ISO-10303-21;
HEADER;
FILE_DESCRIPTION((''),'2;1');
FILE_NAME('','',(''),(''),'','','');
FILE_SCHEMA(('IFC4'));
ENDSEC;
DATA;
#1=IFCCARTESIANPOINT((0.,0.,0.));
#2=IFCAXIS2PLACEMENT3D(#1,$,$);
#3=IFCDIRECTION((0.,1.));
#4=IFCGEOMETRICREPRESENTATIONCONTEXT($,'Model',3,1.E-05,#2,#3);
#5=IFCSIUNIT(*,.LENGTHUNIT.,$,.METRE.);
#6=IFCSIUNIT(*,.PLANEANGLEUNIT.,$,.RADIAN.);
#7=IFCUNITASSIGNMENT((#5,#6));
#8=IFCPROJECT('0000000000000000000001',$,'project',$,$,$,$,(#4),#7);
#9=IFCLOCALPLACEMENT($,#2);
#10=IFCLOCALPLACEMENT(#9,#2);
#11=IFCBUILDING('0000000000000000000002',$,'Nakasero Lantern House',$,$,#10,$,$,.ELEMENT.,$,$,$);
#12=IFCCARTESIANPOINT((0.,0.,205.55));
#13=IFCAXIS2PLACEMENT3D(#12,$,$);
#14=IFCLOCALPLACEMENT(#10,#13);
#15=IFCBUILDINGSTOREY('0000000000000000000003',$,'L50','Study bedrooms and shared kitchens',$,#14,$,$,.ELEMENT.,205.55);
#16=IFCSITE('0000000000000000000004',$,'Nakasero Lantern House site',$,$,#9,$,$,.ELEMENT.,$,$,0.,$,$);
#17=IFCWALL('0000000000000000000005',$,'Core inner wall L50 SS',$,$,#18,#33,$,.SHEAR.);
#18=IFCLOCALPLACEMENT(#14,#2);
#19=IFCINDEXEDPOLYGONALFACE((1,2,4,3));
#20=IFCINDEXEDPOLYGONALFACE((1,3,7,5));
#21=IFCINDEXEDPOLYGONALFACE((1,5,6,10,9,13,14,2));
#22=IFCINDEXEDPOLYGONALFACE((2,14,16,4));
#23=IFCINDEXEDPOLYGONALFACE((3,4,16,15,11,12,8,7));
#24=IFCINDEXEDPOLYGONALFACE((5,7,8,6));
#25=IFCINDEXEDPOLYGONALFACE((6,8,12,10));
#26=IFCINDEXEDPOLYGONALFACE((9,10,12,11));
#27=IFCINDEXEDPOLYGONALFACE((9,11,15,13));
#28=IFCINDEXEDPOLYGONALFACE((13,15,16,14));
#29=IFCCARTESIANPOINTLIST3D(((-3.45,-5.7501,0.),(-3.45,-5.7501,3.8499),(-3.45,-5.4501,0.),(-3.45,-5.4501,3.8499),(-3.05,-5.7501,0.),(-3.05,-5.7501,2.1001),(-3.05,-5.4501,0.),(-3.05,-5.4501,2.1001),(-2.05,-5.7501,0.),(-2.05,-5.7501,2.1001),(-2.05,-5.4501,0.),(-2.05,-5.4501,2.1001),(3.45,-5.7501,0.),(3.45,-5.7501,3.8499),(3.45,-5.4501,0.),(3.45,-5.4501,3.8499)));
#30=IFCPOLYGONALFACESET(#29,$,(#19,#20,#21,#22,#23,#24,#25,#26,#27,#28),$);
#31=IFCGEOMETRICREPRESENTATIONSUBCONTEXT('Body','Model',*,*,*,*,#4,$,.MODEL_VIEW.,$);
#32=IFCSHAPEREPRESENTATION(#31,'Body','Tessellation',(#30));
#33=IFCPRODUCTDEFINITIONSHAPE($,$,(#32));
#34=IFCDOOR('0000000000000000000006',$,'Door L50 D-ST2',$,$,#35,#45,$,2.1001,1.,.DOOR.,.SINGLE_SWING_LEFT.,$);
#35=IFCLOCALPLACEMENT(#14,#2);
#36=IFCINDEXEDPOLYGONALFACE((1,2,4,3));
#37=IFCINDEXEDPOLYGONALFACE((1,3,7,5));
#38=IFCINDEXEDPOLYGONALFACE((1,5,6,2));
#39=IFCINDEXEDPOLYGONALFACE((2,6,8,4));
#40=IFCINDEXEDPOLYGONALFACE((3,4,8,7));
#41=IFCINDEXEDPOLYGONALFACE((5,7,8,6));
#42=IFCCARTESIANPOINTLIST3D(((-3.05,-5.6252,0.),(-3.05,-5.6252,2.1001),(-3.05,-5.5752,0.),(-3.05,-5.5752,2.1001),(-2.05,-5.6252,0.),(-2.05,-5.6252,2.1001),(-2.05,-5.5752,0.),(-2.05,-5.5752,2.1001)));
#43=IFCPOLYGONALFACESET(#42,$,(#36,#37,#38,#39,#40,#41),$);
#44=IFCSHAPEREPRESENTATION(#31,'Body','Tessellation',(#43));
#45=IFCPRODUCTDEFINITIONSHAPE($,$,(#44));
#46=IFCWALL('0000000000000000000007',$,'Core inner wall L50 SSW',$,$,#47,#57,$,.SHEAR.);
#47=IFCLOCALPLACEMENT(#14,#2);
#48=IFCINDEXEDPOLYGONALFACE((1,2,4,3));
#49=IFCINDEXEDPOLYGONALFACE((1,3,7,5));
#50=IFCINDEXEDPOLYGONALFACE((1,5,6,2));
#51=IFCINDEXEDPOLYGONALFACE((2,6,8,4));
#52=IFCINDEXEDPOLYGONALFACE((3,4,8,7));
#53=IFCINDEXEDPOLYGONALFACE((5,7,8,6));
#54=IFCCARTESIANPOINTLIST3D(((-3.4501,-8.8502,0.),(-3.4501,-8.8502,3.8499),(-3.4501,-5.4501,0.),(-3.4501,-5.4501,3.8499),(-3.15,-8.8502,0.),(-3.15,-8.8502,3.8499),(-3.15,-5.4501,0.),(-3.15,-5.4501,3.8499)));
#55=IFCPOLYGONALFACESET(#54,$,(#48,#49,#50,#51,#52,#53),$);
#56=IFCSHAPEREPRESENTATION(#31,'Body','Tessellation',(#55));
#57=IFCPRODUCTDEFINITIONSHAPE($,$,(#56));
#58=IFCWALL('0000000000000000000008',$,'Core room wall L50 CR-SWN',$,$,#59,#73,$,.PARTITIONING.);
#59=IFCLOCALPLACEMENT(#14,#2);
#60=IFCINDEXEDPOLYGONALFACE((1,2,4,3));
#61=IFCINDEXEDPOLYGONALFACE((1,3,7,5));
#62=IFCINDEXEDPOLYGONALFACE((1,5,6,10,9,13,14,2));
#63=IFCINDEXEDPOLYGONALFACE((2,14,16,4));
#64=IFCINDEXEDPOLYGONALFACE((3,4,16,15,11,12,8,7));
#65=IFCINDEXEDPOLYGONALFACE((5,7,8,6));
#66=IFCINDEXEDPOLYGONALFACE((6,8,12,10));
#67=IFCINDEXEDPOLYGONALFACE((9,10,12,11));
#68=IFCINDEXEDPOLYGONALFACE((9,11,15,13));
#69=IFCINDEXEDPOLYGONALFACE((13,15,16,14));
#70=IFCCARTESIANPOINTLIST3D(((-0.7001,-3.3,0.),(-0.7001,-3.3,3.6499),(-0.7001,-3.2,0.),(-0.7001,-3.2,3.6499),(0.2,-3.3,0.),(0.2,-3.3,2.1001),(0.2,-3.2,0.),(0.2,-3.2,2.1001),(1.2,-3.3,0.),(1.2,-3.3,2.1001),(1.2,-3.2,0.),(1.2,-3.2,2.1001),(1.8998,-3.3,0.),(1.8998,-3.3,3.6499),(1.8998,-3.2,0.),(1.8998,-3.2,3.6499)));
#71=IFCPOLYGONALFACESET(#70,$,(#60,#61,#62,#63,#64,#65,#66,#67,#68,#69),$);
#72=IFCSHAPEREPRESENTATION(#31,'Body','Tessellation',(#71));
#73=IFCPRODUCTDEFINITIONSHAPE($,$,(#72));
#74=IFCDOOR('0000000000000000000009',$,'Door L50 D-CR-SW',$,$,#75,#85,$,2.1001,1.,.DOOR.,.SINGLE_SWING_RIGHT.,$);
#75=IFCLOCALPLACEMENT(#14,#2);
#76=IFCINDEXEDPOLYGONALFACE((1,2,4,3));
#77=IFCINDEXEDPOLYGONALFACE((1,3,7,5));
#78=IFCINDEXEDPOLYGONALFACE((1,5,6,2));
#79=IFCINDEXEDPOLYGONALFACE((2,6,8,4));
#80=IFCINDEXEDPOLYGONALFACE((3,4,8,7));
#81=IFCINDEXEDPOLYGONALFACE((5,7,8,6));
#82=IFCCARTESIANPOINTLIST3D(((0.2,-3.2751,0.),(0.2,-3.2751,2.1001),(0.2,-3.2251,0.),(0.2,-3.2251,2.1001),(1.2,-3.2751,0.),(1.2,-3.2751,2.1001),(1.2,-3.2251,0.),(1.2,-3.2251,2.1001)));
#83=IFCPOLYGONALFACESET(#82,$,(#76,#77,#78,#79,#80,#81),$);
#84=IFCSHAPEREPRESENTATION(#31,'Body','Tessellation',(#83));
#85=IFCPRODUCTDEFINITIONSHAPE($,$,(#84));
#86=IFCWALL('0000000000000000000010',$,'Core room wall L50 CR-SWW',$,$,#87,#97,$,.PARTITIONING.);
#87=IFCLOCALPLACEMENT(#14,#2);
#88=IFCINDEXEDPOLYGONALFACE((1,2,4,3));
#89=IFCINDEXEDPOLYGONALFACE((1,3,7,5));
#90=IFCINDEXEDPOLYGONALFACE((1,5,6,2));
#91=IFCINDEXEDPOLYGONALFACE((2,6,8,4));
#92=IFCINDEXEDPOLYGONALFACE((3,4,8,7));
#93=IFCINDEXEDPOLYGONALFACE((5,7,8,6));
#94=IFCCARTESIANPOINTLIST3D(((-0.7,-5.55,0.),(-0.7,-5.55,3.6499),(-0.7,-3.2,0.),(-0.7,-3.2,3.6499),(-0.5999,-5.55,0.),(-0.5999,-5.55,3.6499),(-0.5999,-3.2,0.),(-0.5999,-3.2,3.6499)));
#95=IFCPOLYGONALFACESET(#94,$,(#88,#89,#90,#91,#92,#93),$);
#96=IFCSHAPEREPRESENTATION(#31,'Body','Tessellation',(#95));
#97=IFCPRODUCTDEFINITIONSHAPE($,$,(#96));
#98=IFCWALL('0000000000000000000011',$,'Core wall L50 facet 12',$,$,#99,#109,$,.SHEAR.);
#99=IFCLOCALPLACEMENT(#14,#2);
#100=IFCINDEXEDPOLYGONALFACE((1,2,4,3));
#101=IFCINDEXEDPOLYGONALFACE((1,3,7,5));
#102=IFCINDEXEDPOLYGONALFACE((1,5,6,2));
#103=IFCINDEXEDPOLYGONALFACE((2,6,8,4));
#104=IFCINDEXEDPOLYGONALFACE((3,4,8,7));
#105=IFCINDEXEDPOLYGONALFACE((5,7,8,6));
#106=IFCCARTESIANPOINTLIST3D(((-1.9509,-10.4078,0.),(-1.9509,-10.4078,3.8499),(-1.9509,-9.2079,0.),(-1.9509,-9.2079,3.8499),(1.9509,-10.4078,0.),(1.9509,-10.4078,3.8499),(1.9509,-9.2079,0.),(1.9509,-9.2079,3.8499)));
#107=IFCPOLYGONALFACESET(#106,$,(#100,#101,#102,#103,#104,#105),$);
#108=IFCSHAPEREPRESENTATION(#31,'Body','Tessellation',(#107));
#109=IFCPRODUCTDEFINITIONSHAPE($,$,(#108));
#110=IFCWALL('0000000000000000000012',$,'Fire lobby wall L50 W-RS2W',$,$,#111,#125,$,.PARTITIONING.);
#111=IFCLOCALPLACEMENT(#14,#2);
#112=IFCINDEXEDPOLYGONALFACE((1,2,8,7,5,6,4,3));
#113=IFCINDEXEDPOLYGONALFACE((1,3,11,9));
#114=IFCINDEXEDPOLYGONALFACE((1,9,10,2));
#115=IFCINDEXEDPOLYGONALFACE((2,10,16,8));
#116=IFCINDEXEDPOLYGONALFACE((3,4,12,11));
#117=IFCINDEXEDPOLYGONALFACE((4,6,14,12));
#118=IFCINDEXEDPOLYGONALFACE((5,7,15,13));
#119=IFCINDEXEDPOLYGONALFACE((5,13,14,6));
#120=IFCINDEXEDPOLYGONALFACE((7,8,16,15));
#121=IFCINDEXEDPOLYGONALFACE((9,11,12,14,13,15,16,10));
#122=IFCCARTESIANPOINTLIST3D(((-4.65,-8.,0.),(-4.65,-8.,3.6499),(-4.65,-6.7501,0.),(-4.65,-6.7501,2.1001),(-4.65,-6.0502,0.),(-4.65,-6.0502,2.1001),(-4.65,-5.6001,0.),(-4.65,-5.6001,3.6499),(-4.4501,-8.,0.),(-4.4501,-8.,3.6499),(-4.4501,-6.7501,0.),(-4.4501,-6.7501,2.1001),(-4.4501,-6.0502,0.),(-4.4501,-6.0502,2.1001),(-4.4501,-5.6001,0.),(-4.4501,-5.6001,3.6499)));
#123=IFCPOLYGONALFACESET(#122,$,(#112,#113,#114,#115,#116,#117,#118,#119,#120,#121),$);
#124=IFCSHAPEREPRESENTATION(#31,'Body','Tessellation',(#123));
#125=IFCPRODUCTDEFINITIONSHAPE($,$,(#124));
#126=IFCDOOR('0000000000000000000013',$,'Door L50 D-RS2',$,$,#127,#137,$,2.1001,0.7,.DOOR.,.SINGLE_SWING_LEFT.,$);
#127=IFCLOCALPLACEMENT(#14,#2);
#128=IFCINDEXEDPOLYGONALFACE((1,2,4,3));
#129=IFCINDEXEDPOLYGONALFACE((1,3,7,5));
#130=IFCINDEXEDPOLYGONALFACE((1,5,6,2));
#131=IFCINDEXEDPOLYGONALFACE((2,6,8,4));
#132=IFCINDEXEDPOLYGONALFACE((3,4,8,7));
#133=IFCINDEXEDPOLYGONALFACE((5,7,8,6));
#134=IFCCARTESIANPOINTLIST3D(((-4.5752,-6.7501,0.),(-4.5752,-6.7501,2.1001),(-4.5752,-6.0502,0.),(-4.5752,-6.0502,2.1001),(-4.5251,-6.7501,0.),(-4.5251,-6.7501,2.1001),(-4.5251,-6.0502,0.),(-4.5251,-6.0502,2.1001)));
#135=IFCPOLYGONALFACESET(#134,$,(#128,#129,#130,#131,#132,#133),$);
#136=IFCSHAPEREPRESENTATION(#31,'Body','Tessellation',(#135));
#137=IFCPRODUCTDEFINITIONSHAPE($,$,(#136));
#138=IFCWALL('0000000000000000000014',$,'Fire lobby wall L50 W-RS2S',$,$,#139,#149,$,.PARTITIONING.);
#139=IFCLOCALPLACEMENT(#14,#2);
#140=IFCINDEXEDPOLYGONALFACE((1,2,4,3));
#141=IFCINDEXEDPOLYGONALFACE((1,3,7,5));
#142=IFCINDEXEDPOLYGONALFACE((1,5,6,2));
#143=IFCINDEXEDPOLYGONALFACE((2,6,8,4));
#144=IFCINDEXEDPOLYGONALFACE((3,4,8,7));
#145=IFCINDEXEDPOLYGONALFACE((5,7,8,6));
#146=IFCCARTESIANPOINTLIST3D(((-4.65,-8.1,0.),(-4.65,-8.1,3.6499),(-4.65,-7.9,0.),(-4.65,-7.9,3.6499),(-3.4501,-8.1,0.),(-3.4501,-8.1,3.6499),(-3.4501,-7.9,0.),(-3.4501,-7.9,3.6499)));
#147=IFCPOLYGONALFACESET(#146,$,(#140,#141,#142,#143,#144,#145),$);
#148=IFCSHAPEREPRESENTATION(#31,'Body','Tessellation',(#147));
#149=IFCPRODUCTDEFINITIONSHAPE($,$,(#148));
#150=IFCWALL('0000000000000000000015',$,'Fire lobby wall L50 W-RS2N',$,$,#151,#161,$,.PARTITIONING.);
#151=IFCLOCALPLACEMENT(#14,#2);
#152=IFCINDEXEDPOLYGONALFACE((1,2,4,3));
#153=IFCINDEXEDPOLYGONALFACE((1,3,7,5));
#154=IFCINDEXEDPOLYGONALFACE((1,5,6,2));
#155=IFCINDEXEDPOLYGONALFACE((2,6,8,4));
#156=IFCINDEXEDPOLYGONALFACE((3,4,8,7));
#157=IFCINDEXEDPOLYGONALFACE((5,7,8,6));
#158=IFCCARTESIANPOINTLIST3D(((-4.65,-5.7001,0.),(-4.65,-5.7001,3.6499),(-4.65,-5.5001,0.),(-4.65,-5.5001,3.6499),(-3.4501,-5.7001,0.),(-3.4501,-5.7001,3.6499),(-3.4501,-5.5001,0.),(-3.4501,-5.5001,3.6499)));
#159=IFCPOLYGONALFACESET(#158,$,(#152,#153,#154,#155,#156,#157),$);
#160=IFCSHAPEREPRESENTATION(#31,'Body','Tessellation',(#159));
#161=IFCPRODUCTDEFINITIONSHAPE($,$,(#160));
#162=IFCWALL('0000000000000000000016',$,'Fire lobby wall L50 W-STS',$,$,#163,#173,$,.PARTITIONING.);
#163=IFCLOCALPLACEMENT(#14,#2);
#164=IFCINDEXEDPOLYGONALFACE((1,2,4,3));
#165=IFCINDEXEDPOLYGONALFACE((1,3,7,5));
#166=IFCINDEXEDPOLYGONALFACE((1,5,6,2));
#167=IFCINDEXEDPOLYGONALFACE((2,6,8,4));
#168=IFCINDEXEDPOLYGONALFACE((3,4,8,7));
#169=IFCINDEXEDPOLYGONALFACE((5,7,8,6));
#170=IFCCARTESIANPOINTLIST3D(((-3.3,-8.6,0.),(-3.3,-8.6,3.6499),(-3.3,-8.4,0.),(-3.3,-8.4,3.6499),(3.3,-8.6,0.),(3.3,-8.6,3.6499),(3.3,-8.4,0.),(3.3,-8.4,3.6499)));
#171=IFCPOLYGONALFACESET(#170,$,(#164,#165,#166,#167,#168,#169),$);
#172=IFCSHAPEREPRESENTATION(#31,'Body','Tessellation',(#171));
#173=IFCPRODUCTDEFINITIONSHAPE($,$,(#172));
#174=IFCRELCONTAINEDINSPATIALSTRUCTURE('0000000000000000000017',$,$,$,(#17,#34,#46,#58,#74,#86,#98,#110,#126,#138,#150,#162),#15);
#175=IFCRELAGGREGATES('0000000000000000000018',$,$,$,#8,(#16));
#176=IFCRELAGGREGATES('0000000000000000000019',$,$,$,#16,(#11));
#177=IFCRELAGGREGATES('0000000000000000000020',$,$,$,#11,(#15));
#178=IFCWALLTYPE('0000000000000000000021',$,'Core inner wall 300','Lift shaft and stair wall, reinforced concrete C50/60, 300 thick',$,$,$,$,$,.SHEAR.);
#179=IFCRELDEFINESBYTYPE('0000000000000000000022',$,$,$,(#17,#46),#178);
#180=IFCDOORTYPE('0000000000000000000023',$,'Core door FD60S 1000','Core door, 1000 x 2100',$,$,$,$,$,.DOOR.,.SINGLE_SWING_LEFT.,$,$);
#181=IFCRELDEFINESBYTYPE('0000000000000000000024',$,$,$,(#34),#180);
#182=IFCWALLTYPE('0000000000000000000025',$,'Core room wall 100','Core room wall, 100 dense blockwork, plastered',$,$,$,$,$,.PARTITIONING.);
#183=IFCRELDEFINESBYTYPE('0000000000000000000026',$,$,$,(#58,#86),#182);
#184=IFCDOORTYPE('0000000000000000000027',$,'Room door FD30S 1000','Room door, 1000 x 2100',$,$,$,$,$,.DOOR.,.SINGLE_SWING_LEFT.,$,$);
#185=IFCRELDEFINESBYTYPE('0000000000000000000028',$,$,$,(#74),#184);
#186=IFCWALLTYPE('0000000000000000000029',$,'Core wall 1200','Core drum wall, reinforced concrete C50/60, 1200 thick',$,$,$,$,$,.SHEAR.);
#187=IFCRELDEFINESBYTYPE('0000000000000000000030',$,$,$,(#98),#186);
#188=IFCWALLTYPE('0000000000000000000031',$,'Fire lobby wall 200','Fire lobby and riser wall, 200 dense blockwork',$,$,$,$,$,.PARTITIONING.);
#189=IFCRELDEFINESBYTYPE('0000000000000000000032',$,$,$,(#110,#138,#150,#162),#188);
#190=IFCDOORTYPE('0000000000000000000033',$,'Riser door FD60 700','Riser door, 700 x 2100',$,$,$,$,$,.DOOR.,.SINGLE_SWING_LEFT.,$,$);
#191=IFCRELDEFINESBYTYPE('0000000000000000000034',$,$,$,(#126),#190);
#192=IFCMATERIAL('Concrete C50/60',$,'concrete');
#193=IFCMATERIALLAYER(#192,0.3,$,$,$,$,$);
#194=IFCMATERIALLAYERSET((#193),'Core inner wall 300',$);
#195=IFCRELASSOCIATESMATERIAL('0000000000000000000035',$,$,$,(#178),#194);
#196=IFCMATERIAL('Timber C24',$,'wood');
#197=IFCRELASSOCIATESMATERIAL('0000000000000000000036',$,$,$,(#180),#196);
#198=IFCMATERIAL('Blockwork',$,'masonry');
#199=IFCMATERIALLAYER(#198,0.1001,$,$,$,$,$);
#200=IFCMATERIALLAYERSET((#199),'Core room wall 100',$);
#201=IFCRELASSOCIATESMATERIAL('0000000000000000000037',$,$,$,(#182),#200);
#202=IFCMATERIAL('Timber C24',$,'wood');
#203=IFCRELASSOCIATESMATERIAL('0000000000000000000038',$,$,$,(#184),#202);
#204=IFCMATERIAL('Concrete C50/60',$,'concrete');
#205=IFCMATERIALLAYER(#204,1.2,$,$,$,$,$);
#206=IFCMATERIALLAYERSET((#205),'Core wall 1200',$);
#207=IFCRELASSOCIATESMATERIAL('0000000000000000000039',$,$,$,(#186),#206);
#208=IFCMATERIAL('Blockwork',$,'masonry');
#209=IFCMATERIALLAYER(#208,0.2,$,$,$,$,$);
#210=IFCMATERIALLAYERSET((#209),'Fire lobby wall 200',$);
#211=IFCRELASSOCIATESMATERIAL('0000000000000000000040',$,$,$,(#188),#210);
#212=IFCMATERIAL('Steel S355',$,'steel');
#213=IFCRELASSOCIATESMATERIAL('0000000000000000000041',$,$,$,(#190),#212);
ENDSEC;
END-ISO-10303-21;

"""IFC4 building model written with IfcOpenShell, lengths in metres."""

from ifc_helpers import new_model, si_unit, direction, frame, frame_2d, origin, place, context, subcontext, project, spatial, rectangle, extrude, material, layer, layer_set, type_object, element, fill, save


model = new_model("IFC4")

# Units and contexts
model_context = context("Model", 3, precision=1e-05, world=origin(), true_north=direction((0.0, 1.0)))
body_context = subcontext(model_context, "Body", "Model", "MODEL_VIEW")
ifc_project = project(units=[si_unit("LENGTHUNIT", "METRE"), si_unit("PLANEANGLEUNIT", "RADIAN")], contexts=[model_context])

# Site, building, storey
site_placement = place(None, origin())
site = spatial("IfcSite", under=ifc_project, at=site_placement, Name="Nakasero Lantern House site", CompositionType="ELEMENT", RefElevation=0.0)
building_placement = place(site_placement, origin())
building = spatial("IfcBuilding", under=site, at=building_placement, Name="Nakasero Lantern House", CompositionType="ELEMENT")
storey_placement = place(building_placement, frame((0.0, 0.0, 205.55)))
storey = spatial("IfcBuildingStorey", under=building, at=storey_placement, Name="L50", Description="Study bedrooms and shared kitchens", CompositionType="ELEMENT", Elevation=205.55)

# Wall, opening, door
ifc_material_1 = material(Name="Concrete C50/60", Category="concrete")
ifc_layer_1 = layer(ifc_material_1, 0.3)
ifc_layer_set_1 = layer_set([ifc_layer_1], Name="Core inner wall 300")
wall_type_1 = type_object("IfcWallType", Name="Core inner wall 300", Description="Lift shaft and stair wall, reinforced concrete C50/60, 300 thick", PredefinedType="SHEAR", material=ifc_layer_set_1)
wall_1_placement = place(storey_placement, frame((-3.45, -5.6001, 0.0), z_axis=(0.0, 0.0, 1.0), x_axis=(1.0, 0.0, 0.0)))
wall_1 = element("IfcWall", 1, at=wall_1_placement, inside=storey, type_object=wall_type_1, Name="Core inner wall L50 SS", PredefinedType="SHEAR", context=body_context, shape_type="SweptSolid", body=[
    extrude(rectangle(XDim=6.8999, YDim=0.3, at=frame_2d((3.45, 0.0))), origin(), (0.0, 0.0, 1.0), 3.8499),
])
opening_1_placement = place(wall_1_placement, frame((0.3999, 0.0, 0.0)))
opening_1 = element("IfcOpeningElement", 2, at=opening_1_placement, cuts=wall_1, PredefinedType="OPENING", context=body_context, shape_type="SweptSolid", body=[
    extrude(rectangle(XDim=1.0, YDim=2.1001, at=frame_2d((0.5, 1.05))), frame((0.0, 0.1699, 0.0), z_axis=(0.0, -1.0, 0.0), x_axis=(1.0, 0.0, 0.0)), (0.0, 0.0, 1.0), 0.3401),
])
ifc_material_2 = material(Name="Timber C24", Category="wood")
door_type_1 = type_object("IfcDoorType", Name="Core door FD60S 1000", Description="Core door, 1000 x 2100", OperationType="SINGLE_SWING_LEFT", PredefinedType="DOOR", material=ifc_material_2)
door_1_placement = place(opening_1_placement, origin())
door_1 = element("IfcDoor", 3, at=door_1_placement, inside=storey, type_object=door_type_1, Name="Door L50 D-ST2", OperationType="SINGLE_SWING_LEFT", OverallHeight=2.1001, OverallWidth=1.0, PredefinedType="DOOR", context=body_context, shape_type="SweptSolid", body=[
    extrude(rectangle(XDim=1.0, YDim=2.1001, at=frame_2d((0.5, 1.05))), frame((0.0, 0.0249, 0.0), z_axis=(0.0, -1.0, 0.0), x_axis=(1.0, 0.0, 0.0)), (0.0, 0.0, 1.0), 0.05),
])
fill(opening_1, door_1)

# Wall
wall_2_placement = place(storey_placement, frame((-3.3, -5.45, 0.0), z_axis=(0.0, 0.0, 1.0), x_axis=(0.0, -1.0, 0.0)))
element("IfcWall", 4, at=wall_2_placement, inside=storey, type_object=wall_type_1, Name="Core inner wall L50 SSW", PredefinedType="SHEAR", context=body_context, shape_type="SweptSolid", body=[
    extrude(rectangle(XDim=3.4001, YDim=0.3, at=frame_2d((1.7002, 0.0))), origin(), (0.0, 0.0, 1.0), 3.8499),
])

# Wall, opening, door
ifc_material_3 = material(Name="Blockwork", Category="masonry")
ifc_layer_2 = layer(ifc_material_3, 0.1001)
ifc_layer_set_2 = layer_set([ifc_layer_2], Name="Core room wall 100")
wall_type_2 = type_object("IfcWallType", Name="Core room wall 100", Description="Core room wall, 100 dense blockwork, plastered", PredefinedType="PARTITIONING", material=ifc_layer_set_2)
wall_3_placement = place(storey_placement, frame((-0.7, -3.25, 0.0), z_axis=(0.0, 0.0, 1.0), x_axis=(1.0, 0.0, 0.0)))
wall_3 = element("IfcWall", 5, at=wall_3_placement, inside=storey, type_object=wall_type_2, Name="Core room wall L50 CR-SWN", PredefinedType="PARTITIONING", context=body_context, shape_type="SweptSolid", body=[
    extrude(rectangle(XDim=2.5999, YDim=0.1001, at=frame_2d((1.2998, 0.0))), origin(), (0.0, 0.0, 1.0), 3.6499),
])
opening_2_placement = place(wall_3_placement, frame((0.8999, 0.0, 0.0)))
opening_2 = element("IfcOpeningElement", 6, at=opening_2_placement, cuts=wall_3, PredefinedType="OPENING", context=body_context, shape_type="SweptSolid", body=[
    extrude(rectangle(XDim=1.0, YDim=2.1001, at=frame_2d((0.5, 1.05))), frame((0.0, 0.0701, 0.0), z_axis=(0.0, -1.0, 0.0), x_axis=(1.0, 0.0, 0.0)), (0.0, 0.0, 1.0), 0.1401),
])
ifc_material_4 = material(Name="Timber C24", Category="wood")
door_type_2 = type_object("IfcDoorType", Name="Room door FD30S 1000", Description="Room door, 1000 x 2100", OperationType="SINGLE_SWING_LEFT", PredefinedType="DOOR", material=ifc_material_4)
door_2_placement = place(opening_2_placement, origin())
door_2 = element("IfcDoor", 7, at=door_2_placement, inside=storey, type_object=door_type_2, Name="Door L50 D-CR-SW", OperationType="SINGLE_SWING_RIGHT", OverallHeight=2.1001, OverallWidth=1.0, PredefinedType="DOOR", context=body_context, shape_type="SweptSolid", body=[
    extrude(rectangle(XDim=1.0, YDim=2.1001, at=frame_2d((0.5, 1.05))), frame((0.0, 0.0249, 0.0), z_axis=(0.0, -1.0, 0.0), x_axis=(1.0, 0.0, 0.0)), (0.0, 0.0, 1.0), 0.05),
])
fill(opening_2, door_2)

# Walls
wall_4_placement = place(storey_placement, frame((-0.6499, -5.55, 0.0), z_axis=(0.0, 0.0, 1.0), x_axis=(0.0, 1.0, 0.0)))
element("IfcWall", 8, at=wall_4_placement, inside=storey, type_object=wall_type_2, Name="Core room wall L50 CR-SWW", PredefinedType="PARTITIONING", context=body_context, shape_type="SweptSolid", body=[
    extrude(rectangle(XDim=2.3501, YDim=0.1001, at=frame_2d((1.175, 0.0))), origin(), (0.0, 0.0, 1.0), 3.6499),
])
ifc_material_5 = material(Name="Concrete C50/60", Category="concrete")
ifc_layer_3 = layer(ifc_material_5, 1.2)
ifc_layer_set_3 = layer_set([ifc_layer_3], Name="Core wall 1200")
wall_type_3 = type_object("IfcWallType", Name="Core wall 1200", Description="Core drum wall, reinforced concrete C50/60, 1200 thick", PredefinedType="SHEAR", material=ifc_layer_set_3)
wall_5_placement = place(storey_placement, frame((-1.9509, -9.8079, 0.0), z_axis=(0.0, 0.0, 1.0), x_axis=(1.0, 0.0, 0.0)))
element("IfcWall", 9, at=wall_5_placement, inside=storey, type_object=wall_type_3, Name="Core wall L50 facet 12", PredefinedType="SHEAR", context=body_context, shape_type="SweptSolid", body=[
    extrude(rectangle(XDim=3.9019, YDim=1.2, at=frame_2d((1.9509, 0.0))), origin(), (0.0, 0.0, 1.0), 3.8499),
])

# Wall, opening, door
ifc_material_6 = material(Name="Blockwork", Category="masonry")
ifc_layer_4 = layer(ifc_material_6, 0.2)
ifc_layer_set_4 = layer_set([ifc_layer_4], Name="Fire lobby wall 200")
wall_type_4 = type_object("IfcWallType", Name="Fire lobby wall 200", Description="Fire lobby and riser wall, 200 dense blockwork", PredefinedType="PARTITIONING", material=ifc_layer_set_4)
wall_6_placement = place(storey_placement, frame((-4.55, -5.6001, 0.0), z_axis=(0.0, 0.0, 1.0), x_axis=(0.0, -1.0, 0.0)))
wall_6 = element("IfcWall", 10, at=wall_6_placement, inside=storey, type_object=wall_type_4, Name="Fire lobby wall L50 W-RS2W", PredefinedType="PARTITIONING", context=body_context, shape_type="SweptSolid", body=[
    extrude(rectangle(XDim=2.3999, YDim=0.2, at=frame_2d((1.2, 0.0))), origin(), (0.0, 0.0, 1.0), 3.6499),
])
opening_3_placement = place(wall_6_placement, frame((0.45, 0.0, 0.0)))
opening_3 = element("IfcOpeningElement", 11, at=opening_3_placement, cuts=wall_6, PredefinedType="OPENING", context=body_context, shape_type="SweptSolid", body=[
    extrude(rectangle(XDim=0.7, YDim=2.1001, at=frame_2d((0.3501, 1.05))), frame((0.0, 0.1199, 0.0), z_axis=(0.0, -1.0, 0.0), x_axis=(1.0, 0.0, 0.0)), (0.0, 0.0, 1.0), 0.24),
])
ifc_material_7 = material(Name="Steel S355", Category="steel")
door_type_3 = type_object("IfcDoorType", Name="Riser door FD60 700", Description="Riser door, 700 x 2100", OperationType="SINGLE_SWING_LEFT", PredefinedType="DOOR", material=ifc_material_7)
door_3_placement = place(opening_3_placement, origin())
door_3 = element("IfcDoor", 12, at=door_3_placement, inside=storey, type_object=door_type_3, Name="Door L50 D-RS2", OperationType="SINGLE_SWING_LEFT", OverallHeight=2.1001, OverallWidth=0.7, PredefinedType="DOOR", context=body_context, shape_type="SweptSolid", body=[
    extrude(rectangle(XDim=0.7, YDim=2.1001, at=frame_2d((0.3501, 1.05))), frame((0.0, 0.0249, 0.0), z_axis=(0.0, -1.0, 0.0), x_axis=(1.0, 0.0, 0.0)), (0.0, 0.0, 1.0), 0.05),
])
fill(opening_3, door_3)

# Walls
for number, where, z_axis, x_axis, name in (
    (13, (-3.45, -8.0, 0.0), (0.0, 0.0, 1.0), (-1.0, 0.0, 0.0), "Fire lobby wall L50 W-RS2S"),
    (14, (-3.45, -5.6001, 0.0), (0.0, 0.0, 1.0), (-1.0, 0.0, 0.0), "Fire lobby wall L50 W-RS2N"),
):
    element("IfcWall", number, at=place(storey_placement, frame(where, z_axis=z_axis, x_axis=x_axis)), inside=storey, type_object=wall_type_4, Name=name, PredefinedType="PARTITIONING", context=body_context, shape_type="SweptSolid", body=[
        extrude(rectangle(XDim=1.2, YDim=0.2, at=frame_2d((0.6001, 0.0))), origin(), (0.0, 0.0, 1.0), 3.6499),
    ])
wall_7_placement = place(storey_placement, frame((-3.3, -8.5, 0.0), z_axis=(0.0, 0.0, 1.0), x_axis=(1.0, 0.0, 0.0)))
element("IfcWall", 15, at=wall_7_placement, inside=storey, type_object=wall_type_4, Name="Fire lobby wall L50 W-STS", PredefinedType="PARTITIONING", context=body_context, shape_type="SweptSolid", body=[
    extrude(rectangle(XDim=6.6001, YDim=0.2, at=frame_2d((3.3, 0.0))), origin(), (0.0, 0.0, 1.0), 3.6499),
])

save(model, "model.ifc")
